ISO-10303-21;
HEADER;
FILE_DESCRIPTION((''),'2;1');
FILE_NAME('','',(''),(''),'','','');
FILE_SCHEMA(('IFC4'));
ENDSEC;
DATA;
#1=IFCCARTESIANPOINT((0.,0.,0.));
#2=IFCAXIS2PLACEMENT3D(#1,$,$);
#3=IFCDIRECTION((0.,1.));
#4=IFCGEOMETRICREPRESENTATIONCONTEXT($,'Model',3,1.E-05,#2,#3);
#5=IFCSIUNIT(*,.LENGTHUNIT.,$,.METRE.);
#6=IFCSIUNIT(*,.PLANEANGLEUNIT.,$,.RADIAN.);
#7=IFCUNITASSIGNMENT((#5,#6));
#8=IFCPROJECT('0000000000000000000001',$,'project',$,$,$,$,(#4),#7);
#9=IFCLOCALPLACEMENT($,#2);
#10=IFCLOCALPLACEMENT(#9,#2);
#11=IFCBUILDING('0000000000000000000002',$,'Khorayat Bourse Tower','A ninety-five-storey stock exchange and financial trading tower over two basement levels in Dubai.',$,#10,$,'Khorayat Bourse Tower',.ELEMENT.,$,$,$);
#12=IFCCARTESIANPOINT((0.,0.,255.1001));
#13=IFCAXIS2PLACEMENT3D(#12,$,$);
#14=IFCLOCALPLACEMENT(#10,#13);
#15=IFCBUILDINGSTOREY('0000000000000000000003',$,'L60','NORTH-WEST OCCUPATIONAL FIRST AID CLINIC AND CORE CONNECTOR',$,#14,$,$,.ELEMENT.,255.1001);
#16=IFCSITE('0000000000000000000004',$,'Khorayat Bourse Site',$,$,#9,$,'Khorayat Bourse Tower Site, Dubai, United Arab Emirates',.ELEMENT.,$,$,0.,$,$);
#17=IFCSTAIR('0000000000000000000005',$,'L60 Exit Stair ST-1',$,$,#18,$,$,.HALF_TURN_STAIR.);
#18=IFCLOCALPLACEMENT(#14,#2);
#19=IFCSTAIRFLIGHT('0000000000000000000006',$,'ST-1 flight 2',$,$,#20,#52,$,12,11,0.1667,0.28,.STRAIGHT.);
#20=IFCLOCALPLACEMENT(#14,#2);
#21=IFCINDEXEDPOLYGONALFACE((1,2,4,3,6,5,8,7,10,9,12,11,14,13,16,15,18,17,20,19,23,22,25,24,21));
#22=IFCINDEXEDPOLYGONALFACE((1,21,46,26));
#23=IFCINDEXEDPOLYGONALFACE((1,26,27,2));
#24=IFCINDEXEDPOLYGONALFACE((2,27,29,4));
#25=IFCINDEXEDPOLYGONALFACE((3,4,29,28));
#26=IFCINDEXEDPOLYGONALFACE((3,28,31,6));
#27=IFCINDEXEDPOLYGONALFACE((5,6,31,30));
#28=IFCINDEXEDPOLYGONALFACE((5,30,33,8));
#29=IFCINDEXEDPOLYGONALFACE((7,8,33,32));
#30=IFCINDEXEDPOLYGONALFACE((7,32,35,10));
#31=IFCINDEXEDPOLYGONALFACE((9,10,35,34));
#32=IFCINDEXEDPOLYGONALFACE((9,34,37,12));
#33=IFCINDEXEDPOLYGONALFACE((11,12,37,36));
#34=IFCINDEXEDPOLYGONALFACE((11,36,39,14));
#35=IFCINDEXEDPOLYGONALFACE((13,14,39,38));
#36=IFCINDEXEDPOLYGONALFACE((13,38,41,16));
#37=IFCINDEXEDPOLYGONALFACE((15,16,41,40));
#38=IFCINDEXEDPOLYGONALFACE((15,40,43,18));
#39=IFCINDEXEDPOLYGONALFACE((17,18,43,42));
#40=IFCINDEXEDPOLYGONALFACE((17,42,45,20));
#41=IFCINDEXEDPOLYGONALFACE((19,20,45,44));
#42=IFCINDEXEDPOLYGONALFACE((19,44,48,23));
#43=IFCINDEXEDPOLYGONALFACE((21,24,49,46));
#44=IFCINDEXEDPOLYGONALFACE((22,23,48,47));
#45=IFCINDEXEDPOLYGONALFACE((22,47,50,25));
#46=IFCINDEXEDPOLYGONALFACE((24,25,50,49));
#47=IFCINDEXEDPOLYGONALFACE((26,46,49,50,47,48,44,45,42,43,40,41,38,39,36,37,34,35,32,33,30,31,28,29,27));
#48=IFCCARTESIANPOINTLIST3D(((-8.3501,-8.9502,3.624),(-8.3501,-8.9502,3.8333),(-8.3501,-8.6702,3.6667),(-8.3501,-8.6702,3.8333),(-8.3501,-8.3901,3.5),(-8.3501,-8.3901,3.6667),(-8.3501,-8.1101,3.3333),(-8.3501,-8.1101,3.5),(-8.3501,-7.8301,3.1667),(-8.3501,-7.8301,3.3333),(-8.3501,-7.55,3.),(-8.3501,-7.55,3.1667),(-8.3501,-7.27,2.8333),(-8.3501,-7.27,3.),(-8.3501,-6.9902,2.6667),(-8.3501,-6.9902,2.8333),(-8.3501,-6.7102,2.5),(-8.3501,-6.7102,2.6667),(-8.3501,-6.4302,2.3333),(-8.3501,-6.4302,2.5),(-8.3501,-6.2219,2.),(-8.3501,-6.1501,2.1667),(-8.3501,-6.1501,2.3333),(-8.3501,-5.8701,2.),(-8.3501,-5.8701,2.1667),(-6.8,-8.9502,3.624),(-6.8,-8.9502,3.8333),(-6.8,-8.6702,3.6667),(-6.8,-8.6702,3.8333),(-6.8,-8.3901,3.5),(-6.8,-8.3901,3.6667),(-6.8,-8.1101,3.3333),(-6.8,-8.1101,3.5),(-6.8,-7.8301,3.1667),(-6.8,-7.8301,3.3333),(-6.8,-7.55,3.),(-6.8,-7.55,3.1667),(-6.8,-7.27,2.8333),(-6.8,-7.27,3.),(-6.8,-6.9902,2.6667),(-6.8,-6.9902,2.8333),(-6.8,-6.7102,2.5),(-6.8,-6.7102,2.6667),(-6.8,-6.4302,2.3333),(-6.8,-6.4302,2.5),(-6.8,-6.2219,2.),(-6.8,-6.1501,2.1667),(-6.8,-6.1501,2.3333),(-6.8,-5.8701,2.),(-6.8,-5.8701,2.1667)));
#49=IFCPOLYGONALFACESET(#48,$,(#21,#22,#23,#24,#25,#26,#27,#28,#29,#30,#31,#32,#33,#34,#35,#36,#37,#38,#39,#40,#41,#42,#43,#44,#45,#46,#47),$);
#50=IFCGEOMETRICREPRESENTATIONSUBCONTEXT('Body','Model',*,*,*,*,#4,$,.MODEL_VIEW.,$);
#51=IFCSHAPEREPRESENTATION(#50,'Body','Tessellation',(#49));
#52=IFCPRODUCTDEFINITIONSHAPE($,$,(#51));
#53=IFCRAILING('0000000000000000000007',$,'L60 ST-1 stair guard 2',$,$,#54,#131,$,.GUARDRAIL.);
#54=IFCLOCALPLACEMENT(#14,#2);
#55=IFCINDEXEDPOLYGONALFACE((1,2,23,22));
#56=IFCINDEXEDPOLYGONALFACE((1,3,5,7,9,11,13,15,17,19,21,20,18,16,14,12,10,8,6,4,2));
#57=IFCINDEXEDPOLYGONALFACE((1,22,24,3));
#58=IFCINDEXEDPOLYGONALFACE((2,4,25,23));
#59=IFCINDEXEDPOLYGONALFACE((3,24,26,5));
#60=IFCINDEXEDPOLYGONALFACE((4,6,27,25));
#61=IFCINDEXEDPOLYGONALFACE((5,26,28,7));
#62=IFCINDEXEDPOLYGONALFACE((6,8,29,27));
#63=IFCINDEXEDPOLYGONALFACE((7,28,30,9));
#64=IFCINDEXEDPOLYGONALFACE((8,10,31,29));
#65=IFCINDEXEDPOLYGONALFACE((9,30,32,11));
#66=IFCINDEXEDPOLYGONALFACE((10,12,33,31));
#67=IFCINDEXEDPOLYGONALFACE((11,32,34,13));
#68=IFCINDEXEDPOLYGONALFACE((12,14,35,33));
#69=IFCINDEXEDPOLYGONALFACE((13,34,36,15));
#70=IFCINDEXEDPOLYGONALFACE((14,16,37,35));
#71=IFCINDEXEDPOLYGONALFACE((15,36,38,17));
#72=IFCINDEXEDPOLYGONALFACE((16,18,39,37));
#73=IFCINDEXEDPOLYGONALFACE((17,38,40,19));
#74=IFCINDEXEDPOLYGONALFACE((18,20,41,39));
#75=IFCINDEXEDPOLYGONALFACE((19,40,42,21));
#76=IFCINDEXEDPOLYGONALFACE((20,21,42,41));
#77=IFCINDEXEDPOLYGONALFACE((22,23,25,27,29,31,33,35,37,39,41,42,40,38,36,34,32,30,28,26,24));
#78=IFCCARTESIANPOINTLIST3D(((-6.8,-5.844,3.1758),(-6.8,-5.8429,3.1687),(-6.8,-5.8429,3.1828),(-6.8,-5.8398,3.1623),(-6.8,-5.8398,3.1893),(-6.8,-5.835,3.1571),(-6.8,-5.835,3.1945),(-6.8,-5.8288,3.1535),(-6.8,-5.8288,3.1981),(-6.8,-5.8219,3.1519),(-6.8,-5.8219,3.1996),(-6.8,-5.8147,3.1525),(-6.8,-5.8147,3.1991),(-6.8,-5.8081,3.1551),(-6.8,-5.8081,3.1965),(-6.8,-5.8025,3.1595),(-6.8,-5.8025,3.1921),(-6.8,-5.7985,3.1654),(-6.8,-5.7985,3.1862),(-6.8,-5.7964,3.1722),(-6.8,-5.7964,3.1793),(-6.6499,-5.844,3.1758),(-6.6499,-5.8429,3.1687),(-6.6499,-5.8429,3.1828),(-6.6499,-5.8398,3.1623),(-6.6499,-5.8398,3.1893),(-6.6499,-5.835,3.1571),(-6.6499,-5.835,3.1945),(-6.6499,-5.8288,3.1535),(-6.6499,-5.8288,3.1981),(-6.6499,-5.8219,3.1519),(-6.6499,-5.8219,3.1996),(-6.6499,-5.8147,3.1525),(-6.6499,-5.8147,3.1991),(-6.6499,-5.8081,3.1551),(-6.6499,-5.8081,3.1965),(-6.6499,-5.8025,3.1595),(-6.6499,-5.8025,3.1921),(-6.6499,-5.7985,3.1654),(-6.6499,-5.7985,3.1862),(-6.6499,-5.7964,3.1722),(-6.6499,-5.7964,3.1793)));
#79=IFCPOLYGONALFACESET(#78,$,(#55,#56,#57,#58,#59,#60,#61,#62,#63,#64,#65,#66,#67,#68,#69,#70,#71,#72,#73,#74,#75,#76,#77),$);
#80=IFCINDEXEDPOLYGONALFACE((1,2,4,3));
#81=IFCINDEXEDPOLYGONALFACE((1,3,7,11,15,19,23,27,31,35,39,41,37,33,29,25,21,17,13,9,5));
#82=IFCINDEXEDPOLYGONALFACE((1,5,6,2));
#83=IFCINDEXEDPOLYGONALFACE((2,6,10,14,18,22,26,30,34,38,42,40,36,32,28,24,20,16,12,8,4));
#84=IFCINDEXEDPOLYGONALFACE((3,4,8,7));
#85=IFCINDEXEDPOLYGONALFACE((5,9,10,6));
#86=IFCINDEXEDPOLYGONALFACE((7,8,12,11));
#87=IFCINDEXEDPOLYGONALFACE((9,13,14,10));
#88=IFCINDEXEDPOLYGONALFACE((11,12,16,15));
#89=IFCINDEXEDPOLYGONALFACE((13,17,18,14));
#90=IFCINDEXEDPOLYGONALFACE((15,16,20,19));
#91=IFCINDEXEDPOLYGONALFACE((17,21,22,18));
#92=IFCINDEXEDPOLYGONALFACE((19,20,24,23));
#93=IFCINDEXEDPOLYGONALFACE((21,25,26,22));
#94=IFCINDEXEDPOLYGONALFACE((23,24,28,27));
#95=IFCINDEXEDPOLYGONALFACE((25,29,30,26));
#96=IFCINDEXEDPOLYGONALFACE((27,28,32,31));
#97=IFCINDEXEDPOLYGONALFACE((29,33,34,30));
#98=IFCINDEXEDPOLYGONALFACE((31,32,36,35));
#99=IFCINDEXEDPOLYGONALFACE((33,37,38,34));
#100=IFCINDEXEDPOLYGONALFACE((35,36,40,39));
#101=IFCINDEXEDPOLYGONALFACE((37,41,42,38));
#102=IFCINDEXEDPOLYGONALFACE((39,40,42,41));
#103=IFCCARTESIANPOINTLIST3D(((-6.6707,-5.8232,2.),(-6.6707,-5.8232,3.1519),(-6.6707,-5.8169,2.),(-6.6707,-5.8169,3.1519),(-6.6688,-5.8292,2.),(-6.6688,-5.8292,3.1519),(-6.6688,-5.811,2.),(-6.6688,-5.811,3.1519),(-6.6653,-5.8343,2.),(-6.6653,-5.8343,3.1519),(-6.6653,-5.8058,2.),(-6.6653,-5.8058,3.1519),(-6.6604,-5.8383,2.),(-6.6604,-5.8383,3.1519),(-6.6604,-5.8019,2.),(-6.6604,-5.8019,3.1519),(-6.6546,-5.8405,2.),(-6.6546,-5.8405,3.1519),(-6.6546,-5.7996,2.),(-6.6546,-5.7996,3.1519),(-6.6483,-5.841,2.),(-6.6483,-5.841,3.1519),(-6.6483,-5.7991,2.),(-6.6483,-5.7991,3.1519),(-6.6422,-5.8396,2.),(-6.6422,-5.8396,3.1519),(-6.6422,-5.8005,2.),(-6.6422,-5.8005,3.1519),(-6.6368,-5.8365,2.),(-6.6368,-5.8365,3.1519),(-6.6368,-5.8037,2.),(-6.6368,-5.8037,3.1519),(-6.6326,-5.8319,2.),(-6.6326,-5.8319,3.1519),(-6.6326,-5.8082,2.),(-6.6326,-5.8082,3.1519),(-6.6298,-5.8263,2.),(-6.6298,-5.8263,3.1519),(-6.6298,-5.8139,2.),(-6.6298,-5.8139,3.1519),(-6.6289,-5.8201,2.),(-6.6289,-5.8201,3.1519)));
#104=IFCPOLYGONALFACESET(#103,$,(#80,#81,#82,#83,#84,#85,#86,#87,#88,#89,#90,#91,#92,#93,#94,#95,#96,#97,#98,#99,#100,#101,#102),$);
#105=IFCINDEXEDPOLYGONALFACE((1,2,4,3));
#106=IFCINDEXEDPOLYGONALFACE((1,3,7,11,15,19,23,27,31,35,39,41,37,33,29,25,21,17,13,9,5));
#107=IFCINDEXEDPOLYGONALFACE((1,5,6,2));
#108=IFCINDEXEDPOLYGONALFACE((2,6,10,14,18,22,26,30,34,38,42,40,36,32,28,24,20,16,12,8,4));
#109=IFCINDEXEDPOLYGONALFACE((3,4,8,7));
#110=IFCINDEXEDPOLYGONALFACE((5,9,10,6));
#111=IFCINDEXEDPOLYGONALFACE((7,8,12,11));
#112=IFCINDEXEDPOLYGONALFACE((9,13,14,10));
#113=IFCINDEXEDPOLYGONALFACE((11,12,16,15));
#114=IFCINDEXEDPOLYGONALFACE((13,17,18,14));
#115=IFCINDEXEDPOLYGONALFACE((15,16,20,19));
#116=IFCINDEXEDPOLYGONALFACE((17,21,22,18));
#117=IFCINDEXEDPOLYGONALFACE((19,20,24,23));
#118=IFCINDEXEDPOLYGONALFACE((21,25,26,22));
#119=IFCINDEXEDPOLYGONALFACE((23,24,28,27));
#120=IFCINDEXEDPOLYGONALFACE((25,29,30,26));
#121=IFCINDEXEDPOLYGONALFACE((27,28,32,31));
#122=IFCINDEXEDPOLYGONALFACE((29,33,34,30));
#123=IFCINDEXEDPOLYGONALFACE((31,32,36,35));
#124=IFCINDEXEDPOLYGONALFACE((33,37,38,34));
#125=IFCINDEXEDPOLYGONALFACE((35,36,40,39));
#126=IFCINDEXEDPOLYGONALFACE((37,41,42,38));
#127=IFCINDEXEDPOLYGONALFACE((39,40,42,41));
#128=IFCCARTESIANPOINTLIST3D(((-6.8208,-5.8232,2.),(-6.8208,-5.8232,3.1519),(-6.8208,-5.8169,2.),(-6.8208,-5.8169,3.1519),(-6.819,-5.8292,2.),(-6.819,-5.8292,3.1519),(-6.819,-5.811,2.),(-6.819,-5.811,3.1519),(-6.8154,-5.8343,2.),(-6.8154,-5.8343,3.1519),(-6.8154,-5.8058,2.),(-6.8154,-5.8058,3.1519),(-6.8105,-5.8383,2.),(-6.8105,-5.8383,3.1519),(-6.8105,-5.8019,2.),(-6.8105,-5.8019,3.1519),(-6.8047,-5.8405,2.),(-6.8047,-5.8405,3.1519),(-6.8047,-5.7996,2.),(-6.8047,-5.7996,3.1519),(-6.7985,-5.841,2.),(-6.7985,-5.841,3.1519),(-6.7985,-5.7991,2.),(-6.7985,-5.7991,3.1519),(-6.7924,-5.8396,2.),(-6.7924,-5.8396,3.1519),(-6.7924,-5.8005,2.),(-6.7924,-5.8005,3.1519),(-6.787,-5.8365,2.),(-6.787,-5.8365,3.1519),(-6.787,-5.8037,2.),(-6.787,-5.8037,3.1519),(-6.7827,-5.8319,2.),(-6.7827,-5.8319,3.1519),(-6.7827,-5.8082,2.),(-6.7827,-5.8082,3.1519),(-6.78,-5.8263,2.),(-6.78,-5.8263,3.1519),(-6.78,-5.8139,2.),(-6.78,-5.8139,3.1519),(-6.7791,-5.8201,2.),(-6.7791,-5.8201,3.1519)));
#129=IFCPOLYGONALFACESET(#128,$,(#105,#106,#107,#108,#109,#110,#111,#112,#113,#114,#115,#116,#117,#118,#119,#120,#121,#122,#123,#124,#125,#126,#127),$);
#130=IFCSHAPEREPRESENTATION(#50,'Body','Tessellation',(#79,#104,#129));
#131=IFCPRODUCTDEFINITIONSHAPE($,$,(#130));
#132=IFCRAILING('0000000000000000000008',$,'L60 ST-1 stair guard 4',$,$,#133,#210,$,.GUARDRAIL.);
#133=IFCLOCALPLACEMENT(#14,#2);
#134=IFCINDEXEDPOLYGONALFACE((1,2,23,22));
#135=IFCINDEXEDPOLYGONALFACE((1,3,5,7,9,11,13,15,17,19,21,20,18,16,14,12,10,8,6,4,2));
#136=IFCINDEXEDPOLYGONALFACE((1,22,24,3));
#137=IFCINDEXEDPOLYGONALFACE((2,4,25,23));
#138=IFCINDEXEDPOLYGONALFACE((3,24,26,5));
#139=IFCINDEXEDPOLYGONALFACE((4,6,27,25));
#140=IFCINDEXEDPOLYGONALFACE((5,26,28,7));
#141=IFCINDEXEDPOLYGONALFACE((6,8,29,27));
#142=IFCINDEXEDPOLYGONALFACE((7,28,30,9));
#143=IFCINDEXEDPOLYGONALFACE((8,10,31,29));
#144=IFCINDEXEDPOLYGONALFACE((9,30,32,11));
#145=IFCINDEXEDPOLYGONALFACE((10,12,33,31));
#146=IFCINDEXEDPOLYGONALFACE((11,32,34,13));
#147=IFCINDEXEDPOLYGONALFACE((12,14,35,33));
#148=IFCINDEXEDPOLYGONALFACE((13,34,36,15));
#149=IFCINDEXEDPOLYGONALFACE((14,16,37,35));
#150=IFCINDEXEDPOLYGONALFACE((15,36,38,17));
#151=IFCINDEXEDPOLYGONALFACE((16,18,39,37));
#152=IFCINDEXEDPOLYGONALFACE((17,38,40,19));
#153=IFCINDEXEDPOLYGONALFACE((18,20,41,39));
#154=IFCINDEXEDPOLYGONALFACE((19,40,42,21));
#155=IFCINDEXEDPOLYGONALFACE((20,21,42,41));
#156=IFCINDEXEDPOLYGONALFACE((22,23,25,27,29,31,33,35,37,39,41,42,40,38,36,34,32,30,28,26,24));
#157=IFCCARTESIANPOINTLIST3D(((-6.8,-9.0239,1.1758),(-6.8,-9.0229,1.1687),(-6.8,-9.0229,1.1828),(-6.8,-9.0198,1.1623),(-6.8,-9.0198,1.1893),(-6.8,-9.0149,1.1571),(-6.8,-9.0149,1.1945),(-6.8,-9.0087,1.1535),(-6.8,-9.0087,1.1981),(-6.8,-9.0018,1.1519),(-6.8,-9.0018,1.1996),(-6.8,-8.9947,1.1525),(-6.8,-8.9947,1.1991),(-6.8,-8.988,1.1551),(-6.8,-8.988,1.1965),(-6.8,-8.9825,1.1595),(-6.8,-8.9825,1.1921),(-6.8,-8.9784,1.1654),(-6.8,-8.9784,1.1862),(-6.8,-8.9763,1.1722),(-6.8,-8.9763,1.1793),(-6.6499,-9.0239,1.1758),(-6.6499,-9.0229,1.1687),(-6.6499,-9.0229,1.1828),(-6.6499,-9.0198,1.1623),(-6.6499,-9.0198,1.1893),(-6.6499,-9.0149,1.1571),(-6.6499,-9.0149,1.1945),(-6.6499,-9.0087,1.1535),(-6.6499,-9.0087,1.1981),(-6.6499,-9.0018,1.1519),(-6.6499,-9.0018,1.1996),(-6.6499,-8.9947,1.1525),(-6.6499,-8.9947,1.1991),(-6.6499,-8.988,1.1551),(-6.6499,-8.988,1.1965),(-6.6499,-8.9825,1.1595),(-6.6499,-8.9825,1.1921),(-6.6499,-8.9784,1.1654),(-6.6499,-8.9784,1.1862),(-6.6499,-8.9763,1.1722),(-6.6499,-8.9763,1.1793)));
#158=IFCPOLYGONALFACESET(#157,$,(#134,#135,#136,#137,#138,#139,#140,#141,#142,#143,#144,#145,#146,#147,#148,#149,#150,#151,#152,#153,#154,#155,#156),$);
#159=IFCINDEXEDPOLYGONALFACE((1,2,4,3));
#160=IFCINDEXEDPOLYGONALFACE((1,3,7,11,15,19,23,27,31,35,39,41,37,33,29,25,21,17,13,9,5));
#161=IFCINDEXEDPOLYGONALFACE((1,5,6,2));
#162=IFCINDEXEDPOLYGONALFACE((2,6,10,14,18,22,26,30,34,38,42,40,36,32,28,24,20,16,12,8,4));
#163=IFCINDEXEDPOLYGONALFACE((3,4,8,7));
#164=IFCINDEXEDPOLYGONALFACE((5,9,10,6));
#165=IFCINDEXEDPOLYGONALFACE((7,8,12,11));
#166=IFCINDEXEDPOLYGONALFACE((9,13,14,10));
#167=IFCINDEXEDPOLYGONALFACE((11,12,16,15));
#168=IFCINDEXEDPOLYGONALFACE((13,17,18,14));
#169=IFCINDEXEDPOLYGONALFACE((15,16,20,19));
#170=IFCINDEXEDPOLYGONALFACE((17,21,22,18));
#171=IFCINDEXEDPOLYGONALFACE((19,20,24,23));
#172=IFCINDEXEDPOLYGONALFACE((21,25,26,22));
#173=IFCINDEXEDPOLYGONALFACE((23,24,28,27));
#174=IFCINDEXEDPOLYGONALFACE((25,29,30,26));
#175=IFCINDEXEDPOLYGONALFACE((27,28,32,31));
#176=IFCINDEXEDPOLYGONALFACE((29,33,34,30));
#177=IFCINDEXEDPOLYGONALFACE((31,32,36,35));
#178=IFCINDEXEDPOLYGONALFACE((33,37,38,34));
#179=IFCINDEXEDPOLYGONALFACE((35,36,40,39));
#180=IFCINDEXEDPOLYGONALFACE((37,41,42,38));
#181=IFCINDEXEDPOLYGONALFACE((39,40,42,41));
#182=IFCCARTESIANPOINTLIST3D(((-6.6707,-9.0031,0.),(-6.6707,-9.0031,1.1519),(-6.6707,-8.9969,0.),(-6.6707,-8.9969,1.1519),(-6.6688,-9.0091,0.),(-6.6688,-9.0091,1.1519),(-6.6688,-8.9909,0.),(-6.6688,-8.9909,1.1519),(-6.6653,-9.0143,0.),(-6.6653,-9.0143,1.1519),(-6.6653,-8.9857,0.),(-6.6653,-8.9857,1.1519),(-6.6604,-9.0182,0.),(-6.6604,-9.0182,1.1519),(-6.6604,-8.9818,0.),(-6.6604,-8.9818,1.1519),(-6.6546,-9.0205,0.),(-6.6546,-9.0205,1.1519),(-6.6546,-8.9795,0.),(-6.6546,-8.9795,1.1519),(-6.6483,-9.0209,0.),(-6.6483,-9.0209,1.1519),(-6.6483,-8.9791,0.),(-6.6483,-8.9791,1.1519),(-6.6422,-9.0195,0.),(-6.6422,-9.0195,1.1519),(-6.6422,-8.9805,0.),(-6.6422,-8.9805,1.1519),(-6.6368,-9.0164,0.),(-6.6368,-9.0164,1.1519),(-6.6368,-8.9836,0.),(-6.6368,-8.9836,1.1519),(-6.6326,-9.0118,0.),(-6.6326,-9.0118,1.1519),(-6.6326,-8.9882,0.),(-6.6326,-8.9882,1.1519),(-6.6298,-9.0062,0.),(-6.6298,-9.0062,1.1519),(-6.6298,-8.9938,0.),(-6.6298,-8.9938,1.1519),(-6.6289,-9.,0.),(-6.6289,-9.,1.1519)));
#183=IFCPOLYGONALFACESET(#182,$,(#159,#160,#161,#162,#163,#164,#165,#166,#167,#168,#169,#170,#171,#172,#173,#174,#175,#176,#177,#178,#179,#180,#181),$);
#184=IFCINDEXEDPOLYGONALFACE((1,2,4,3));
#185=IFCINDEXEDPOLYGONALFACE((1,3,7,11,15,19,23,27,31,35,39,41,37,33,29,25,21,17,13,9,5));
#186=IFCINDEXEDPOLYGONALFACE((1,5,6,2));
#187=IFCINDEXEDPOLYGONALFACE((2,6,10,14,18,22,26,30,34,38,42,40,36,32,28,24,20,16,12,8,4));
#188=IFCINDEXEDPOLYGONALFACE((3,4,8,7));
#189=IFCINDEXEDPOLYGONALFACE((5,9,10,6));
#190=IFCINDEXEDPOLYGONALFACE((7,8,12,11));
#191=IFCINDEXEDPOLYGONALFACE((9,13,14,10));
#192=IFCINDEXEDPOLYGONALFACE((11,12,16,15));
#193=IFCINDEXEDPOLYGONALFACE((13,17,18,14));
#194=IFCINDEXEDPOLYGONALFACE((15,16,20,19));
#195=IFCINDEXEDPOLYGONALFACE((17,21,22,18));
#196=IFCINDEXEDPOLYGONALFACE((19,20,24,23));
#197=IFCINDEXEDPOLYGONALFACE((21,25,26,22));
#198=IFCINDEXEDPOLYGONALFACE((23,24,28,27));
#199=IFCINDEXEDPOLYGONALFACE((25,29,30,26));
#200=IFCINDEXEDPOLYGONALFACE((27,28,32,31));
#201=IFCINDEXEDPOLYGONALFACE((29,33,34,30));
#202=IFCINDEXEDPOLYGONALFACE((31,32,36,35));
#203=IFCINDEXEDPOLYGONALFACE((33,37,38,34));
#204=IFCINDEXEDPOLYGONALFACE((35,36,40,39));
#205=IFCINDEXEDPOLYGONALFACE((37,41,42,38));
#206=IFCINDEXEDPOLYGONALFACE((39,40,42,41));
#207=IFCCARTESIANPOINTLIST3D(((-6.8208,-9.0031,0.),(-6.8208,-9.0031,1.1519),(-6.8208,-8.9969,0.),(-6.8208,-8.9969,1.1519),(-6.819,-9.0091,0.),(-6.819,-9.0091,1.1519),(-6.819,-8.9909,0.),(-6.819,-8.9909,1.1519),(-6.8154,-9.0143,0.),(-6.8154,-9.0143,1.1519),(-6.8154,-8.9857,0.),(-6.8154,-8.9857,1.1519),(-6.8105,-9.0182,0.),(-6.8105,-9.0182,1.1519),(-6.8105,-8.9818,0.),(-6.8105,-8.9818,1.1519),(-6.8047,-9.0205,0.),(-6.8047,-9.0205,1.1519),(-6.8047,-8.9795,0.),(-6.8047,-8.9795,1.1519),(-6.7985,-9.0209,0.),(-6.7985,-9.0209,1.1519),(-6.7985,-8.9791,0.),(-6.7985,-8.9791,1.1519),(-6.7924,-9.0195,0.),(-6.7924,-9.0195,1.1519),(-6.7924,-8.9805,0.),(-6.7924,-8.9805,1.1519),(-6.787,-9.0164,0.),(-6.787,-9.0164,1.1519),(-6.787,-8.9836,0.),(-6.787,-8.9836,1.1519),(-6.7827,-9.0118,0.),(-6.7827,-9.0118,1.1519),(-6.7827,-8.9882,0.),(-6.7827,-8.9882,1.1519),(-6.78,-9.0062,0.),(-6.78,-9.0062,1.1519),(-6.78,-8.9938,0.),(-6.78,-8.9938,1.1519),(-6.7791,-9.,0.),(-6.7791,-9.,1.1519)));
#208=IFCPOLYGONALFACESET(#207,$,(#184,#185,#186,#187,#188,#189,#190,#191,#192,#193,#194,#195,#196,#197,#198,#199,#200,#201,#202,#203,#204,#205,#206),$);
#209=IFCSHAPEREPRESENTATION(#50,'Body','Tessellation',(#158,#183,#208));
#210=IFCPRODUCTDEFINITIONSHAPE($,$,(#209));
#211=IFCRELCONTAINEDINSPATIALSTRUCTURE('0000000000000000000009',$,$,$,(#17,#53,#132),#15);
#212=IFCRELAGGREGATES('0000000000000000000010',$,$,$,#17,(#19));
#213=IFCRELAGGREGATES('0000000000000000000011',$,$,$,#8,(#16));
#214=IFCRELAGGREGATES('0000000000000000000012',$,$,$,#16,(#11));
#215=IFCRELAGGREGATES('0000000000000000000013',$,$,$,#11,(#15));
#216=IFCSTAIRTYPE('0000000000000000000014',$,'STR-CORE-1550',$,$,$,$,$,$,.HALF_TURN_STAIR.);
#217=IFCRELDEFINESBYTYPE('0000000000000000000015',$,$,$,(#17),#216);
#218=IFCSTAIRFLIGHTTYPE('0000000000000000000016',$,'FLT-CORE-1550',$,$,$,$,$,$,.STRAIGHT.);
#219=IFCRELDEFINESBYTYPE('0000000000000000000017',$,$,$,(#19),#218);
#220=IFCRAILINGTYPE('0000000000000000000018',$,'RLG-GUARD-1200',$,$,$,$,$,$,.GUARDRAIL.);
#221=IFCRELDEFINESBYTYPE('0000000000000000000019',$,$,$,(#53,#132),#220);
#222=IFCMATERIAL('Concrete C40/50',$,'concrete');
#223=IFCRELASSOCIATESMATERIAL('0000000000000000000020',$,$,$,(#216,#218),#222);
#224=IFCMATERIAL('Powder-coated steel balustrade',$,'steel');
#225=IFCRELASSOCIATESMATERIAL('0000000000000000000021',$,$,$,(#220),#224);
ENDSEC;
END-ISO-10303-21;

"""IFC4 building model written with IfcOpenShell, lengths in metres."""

from ifc_helpers import new_model, si_unit, direction, frame, origin, origin_2d, place, context, subcontext, project, spatial, polyline, circle, outline, extrude, source, transform, mapped, material, type_object, element, aggregate, save


model = new_model("IFC4")

# Units and contexts
model_context = context("Model", 3, precision=1e-05, world=origin(), true_north=direction((0.0, 1.0)))
body_context = subcontext(model_context, "Body", "Model", "MODEL_VIEW")
ifc_project = project(units=[si_unit("LENGTHUNIT", "METRE"), si_unit("PLANEANGLEUNIT", "RADIAN")], contexts=[model_context])

# Site, building, storey
site_placement = place(None, origin())
site = spatial("IfcSite", under=ifc_project, at=site_placement, Name="Khorayat Bourse Site", LongName="Khorayat Bourse Tower Site, Dubai, United Arab Emirates", CompositionType="ELEMENT", RefElevation=0.0)
building_placement = place(site_placement, origin())
building = spatial("IfcBuilding", under=site, at=building_placement, Name="Khorayat Bourse Tower", Description="A ninety-five-storey stock exchange and financial trading tower over two basement levels in Dubai.", LongName="Khorayat Bourse Tower", CompositionType="ELEMENT")
storey_placement = place(building_placement, frame((0.0, 0.0, 255.1001)))
storey = spatial("IfcBuildingStorey", under=building, at=storey_placement, Name="L60", Description="NORTH-WEST OCCUPATIONAL FIRST AID CLINIC AND CORE CONNECTOR", CompositionType="ELEMENT", Elevation=255.1001)

# Stair, stair flight
ifc_material_1 = material(Name="Concrete C40/50", Category="concrete")
stair_type = type_object("IfcStairType", Name="STR-CORE-1550", PredefinedType="HALF_TURN_STAIR", material=ifc_material_1)
stair_placement = place(storey_placement, origin())
stair = element("IfcStair", 1, at=stair_placement, inside=storey, type_object=stair_type, Name="L60 Exit Stair ST-1", PredefinedType="HALF_TURN_STAIR")
stair_flight_type = type_object("IfcStairFlightType", Name="FLT-CORE-1550", PredefinedType="STRAIGHT", material=ifc_material_1)
shared_shape_1 = source(origin(), body_context, "Body", "SweptSolid", [
    extrude(outline(polyline([(0.0, 0.0), (0.0, 0.1667), (0.28, 0.1667), (0.28, 0.3333), (0.5601, 0.3333), (0.5601, 0.5), (0.8401, 0.5), (0.8401, 0.6667), (1.1201, 0.6667), (1.1201, 0.8333), (1.3999, 0.8333), (1.3999, 1.0), (1.6799, 1.0), (1.6799, 1.1667), (1.96, 1.1667), (1.96, 1.3333), (2.24, 1.3333), (2.24, 1.5), (2.52, 1.5), (2.52, 1.6667), (2.8, 1.6667), (2.8, 1.8333), (3.0801, 1.8333), (3.0801, 2.0), (3.0801, 1.624), (0.3518, 0.0), (0.0, 0.0)])), frame((0.0, 0.7749, 0.0), z_axis=(0.0, -1.0, 0.0), x_axis=(1.0, 0.0, 0.0)), (0.0, 0.0, 1.0), 1.55),
])
stair_flight_1_placement = place(storey_placement, frame((-7.575, -5.8701, 2.0), z_axis=(0.0, 0.0, 1.0), x_axis=(0.0, -1.0, 0.0)))
stair_flight_1 = element("IfcStairFlight", 2, at=stair_flight_1_placement, type_object=stair_flight_type, Name="ST-1 flight 2", NumberOfRisers=12, NumberOfTreads=11, PredefinedType="STRAIGHT", RiserHeight=0.1667, TreadLength=0.28, context=body_context, shape_type="MappedRepresentation", body=[
    mapped(shared_shape_1, transform((0.0, 0.0, 0.0), scale=1.0)),
])
aggregate(stair, [stair_flight_1])

# Railings
ifc_material_2 = material(Name="Powder-coated steel balustrade", Category="steel")
railing_type_1 = type_object("IfcRailingType", Name="RLG-GUARD-1200", PredefinedType="GUARDRAIL", material=ifc_material_2)
shared_shape_2 = source(origin(), body_context, "Body", "SweptSolid", [
    extrude(circle(Radius=0.0239, at=origin_2d()), frame((0.0, 0.0, 1.1758), z_axis=(-1.0, 0.0, 0.0), x_axis=(0.0, -1.0, 0.0)), (0.0, 0.0, 1.0), 0.1501),
    extrude(circle(Radius=0.021, at=origin_2d()), origin(), (0.0, 0.0, 1.0), 1.1519),
    extrude(circle(Radius=0.021, at=origin_2d()), frame((-0.1501, 0.0, 0.0)), (0.0, 0.0, 1.0), 1.1519),
])
for number, where, name in (
    (3, (-6.6499, -5.8201, 2.0), "L60 ST-1 stair guard 2"),
    (4, (-6.6499, -9.0, 0.0), "L60 ST-1 stair guard 4"),
):
    element("IfcRailing", number, at=place(storey_placement, frame(where)), inside=storey, type_object=railing_type_1, Name=name, PredefinedType="GUARDRAIL", context=body_context, shape_type="MappedRepresentation", body=[
        mapped(shared_shape_2, transform((0.0, 0.0, 0.0), scale=1.0)),
    ])

save(model, "model.ifc")
